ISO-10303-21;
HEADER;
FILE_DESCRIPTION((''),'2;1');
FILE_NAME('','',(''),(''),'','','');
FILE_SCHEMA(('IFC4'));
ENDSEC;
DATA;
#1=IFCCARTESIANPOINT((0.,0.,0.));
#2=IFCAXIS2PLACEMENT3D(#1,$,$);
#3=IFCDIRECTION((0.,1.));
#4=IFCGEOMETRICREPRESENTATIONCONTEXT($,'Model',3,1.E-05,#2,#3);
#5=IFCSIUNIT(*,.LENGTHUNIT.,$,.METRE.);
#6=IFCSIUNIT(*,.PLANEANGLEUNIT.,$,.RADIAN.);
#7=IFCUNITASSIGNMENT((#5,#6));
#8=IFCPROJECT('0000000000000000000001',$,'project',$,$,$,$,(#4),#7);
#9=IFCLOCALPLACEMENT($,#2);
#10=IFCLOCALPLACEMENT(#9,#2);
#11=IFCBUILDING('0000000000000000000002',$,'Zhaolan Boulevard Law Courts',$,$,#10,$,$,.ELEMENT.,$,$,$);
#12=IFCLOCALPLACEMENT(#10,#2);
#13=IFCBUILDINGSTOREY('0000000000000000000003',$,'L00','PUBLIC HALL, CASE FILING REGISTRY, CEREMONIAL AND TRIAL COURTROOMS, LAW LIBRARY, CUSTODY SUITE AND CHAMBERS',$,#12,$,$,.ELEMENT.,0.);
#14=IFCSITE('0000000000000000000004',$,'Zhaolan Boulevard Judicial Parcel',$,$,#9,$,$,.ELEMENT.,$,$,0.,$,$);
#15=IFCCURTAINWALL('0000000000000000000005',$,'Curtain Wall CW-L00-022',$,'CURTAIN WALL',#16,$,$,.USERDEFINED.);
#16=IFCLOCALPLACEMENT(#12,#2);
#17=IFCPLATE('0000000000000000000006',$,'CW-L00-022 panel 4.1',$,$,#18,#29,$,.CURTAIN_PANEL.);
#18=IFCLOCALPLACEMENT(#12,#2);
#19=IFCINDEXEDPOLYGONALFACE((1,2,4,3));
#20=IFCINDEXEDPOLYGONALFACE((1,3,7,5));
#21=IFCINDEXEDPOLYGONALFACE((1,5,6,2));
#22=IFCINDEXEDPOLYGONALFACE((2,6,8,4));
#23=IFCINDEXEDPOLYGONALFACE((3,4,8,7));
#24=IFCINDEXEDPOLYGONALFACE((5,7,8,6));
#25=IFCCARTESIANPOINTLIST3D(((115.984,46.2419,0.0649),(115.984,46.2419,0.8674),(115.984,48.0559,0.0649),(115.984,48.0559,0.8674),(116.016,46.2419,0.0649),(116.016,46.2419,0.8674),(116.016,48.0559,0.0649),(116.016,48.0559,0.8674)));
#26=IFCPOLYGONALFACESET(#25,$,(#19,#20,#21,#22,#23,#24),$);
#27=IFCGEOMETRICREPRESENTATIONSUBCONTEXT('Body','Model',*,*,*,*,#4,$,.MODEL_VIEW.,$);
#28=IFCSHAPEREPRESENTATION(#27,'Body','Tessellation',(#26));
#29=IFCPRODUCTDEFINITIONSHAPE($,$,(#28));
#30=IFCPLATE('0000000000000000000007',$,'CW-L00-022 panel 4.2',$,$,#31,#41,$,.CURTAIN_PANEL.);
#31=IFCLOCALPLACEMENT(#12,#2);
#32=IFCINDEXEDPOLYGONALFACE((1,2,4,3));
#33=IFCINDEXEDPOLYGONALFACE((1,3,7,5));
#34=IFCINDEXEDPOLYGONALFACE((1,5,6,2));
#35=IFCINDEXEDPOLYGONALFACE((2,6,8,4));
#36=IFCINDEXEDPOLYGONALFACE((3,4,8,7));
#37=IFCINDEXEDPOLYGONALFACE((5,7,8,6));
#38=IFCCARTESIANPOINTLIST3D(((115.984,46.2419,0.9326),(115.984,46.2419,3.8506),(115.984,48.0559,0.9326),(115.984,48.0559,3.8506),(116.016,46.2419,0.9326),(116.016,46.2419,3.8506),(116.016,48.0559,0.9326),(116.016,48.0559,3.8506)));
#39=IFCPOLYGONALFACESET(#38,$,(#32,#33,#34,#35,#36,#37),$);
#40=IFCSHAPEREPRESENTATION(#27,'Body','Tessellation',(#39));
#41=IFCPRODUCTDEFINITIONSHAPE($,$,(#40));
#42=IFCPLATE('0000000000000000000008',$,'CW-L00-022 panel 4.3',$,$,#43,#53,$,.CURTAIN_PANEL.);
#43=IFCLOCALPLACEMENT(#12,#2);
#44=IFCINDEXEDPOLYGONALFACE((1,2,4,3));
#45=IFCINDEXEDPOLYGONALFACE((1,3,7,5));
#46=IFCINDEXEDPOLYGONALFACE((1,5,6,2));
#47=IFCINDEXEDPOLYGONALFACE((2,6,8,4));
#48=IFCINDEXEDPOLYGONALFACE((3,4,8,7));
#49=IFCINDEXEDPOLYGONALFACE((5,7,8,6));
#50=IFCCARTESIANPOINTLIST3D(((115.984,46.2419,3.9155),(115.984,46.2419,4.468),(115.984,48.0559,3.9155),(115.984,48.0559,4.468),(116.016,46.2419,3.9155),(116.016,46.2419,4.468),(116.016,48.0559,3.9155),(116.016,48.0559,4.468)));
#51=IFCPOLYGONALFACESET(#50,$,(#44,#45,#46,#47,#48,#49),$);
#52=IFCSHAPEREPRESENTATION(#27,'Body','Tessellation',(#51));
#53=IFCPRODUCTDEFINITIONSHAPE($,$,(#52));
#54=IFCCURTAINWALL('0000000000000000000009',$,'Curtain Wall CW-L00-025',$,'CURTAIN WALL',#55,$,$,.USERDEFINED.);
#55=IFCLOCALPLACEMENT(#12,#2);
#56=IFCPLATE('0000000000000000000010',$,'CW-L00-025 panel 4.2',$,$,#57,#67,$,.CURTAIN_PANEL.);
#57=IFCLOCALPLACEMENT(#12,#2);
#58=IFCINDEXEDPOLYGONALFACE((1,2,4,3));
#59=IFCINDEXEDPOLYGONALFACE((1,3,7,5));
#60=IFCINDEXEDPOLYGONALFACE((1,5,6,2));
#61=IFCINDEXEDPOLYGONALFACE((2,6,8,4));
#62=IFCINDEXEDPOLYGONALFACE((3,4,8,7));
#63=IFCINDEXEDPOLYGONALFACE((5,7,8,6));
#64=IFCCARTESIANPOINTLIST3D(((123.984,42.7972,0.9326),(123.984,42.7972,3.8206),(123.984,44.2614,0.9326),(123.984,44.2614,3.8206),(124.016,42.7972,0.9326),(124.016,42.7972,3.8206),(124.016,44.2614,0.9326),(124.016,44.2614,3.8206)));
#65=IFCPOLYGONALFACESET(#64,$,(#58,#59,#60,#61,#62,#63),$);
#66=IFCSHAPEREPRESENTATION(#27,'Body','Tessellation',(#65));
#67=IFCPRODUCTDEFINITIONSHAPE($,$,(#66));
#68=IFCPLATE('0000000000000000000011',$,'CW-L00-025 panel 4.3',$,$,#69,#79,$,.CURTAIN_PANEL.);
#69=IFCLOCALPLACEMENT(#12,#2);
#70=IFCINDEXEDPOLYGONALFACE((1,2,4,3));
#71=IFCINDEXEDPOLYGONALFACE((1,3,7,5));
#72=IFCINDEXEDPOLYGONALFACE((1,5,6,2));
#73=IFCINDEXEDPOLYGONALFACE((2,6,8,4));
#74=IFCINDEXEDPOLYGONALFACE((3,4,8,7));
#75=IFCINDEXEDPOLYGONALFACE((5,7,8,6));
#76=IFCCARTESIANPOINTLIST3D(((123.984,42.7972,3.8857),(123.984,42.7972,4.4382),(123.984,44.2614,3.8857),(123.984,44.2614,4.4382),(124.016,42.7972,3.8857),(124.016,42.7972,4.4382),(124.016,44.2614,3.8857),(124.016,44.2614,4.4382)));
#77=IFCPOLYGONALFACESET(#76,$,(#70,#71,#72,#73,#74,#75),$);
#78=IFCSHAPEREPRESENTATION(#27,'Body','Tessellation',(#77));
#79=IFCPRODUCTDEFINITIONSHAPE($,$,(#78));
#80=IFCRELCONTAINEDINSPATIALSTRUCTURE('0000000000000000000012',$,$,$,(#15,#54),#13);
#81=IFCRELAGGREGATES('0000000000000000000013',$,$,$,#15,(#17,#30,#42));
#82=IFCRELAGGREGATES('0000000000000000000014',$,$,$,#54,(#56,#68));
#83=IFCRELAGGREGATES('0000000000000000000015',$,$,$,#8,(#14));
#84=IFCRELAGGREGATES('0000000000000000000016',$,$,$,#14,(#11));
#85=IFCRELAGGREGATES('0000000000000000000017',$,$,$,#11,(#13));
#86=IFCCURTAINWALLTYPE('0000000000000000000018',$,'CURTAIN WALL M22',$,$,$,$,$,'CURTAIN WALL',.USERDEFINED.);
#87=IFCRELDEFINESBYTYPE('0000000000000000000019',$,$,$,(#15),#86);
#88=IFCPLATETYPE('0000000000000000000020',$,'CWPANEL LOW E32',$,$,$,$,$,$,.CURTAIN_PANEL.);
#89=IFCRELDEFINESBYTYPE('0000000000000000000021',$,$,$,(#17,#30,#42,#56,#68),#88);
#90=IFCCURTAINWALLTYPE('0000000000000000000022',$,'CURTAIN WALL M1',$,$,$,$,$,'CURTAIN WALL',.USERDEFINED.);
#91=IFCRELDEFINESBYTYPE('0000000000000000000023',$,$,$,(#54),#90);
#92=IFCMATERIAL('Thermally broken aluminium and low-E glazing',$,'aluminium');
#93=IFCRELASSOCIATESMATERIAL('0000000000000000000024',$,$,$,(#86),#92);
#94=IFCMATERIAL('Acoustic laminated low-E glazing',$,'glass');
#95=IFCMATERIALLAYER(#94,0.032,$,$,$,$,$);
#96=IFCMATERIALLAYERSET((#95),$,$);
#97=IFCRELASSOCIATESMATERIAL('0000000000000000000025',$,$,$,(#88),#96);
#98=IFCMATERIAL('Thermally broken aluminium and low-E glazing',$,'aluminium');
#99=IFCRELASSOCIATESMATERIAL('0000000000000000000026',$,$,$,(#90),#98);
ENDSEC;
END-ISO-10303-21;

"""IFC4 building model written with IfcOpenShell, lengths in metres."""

from ifc_helpers import new_model, si_unit, direction, frame, origin, origin_2d, place, context, subcontext, project, spatial, rectangle, extrude, material, layer, layer_set, type_object, element, aggregate, save


model = new_model("IFC4")

# Units and contexts
model_context = context("Model", 3, precision=1e-05, world=origin(), true_north=direction((0.0, 1.0)))
body_context = subcontext(model_context, "Body", "Model", "MODEL_VIEW")
ifc_project = project(units=[si_unit("LENGTHUNIT", "METRE"), si_unit("PLANEANGLEUNIT", "RADIAN")], contexts=[model_context])

# Site, building, storey
site_placement = place(None, origin())
site = spatial("IfcSite", under=ifc_project, at=site_placement, Name="Zhaolan Boulevard Judicial Parcel", CompositionType="ELEMENT", RefElevation=0.0)
building_placement = place(site_placement, origin())
building = spatial("IfcBuilding", under=site, at=building_placement, Name="Zhaolan Boulevard Law Courts", CompositionType="ELEMENT")
storey_placement = place(building_placement, origin())
storey = spatial("IfcBuildingStorey", under=building, at=storey_placement, Name="L00", Description="PUBLIC HALL, CASE FILING REGISTRY, CEREMONIAL AND TRIAL COURTROOMS, LAW LIBRARY, CUSTODY SUITE AND CHAMBERS", CompositionType="ELEMENT", Elevation=0.0)

# Curtain wall
ifc_material_1 = material(Name="Thermally broken aluminium and low-E glazing", Category="aluminium")
curtain_wall_type_1 = type_object("IfcCurtainWallType", Name="CURTAIN WALL M22", ElementType="CURTAIN WALL", PredefinedType="USERDEFINED", material=ifc_material_1)
curtain_wall_1_placement = place(storey_placement, origin())
curtain_wall_1 = element("IfcCurtainWall", 1, at=curtain_wall_1_placement, inside=storey, type_object=curtain_wall_type_1, Name="Curtain Wall CW-L00-022", ObjectType="CURTAIN WALL", PredefinedType="USERDEFINED")

# Plates
ifc_material_2 = material(Name="Acoustic laminated low-E glazing", Category="glass")
ifc_layer = layer(ifc_material_2, 0.032)
ifc_layer_set = layer_set([ifc_layer])
plate_type = type_object("IfcPlateType", Name="CWPANEL LOW E32", PredefinedType="CURTAIN_PANEL", material=ifc_layer_set)
plate_1_placement = place(storey_placement, frame((116.0, 47.1489, 0.0649), z_axis=(0.0, 0.0, 1.0), x_axis=(0.0, -1.0, 0.0)))
plate_1 = element("IfcPlate", 2, at=plate_1_placement, type_object=plate_type, Name="CW-L00-022 panel 4.1", PredefinedType="CURTAIN_PANEL", context=body_context, shape_type="SweptSolid", body=[
    extrude(rectangle(XDim=1.814, YDim=0.032, at=origin_2d()), origin(), (0.0, 0.0, 1.0), 0.8025),
])
plate_2_placement = place(storey_placement, frame((116.0, 47.1489, 0.9326), z_axis=(0.0, 0.0, 1.0), x_axis=(0.0, -1.0, 0.0)))
plate_2 = element("IfcPlate", 3, at=plate_2_placement, type_object=plate_type, Name="CW-L00-022 panel 4.2", PredefinedType="CURTAIN_PANEL", context=body_context, shape_type="SweptSolid", body=[
    extrude(rectangle(XDim=1.814, YDim=0.032, at=origin_2d()), origin(), (0.0, 0.0, 1.0), 2.918),
])
plate_3_placement = place(storey_placement, frame((116.0, 47.1489, 3.9155), z_axis=(0.0, 0.0, 1.0), x_axis=(0.0, -1.0, 0.0)))
plate_3 = element("IfcPlate", 4, at=plate_3_placement, type_object=plate_type, Name="CW-L00-022 panel 4.3", PredefinedType="CURTAIN_PANEL", context=body_context, shape_type="SweptSolid", body=[
    extrude(rectangle(XDim=1.814, YDim=0.032, at=origin_2d()), origin(), (0.0, 0.0, 1.0), 0.5525),
])
aggregate(curtain_wall_1, [plate_1, plate_2, plate_3])

# Curtain wall, plates
ifc_material_3 = material(Name="Thermally broken aluminium and low-E glazing", Category="aluminium")
curtain_wall_type_2 = type_object("IfcCurtainWallType", Name="CURTAIN WALL M1", ElementType="CURTAIN WALL", PredefinedType="USERDEFINED", material=ifc_material_3)
curtain_wall_2_placement = place(storey_placement, origin())
curtain_wall_2 = element("IfcCurtainWall", 5, at=curtain_wall_2_placement, inside=storey, type_object=curtain_wall_type_2, Name="Curtain Wall CW-L00-025", ObjectType="CURTAIN WALL", PredefinedType="USERDEFINED")
plate_4_placement = place(storey_placement, frame((124.0, 43.5293, 0.9326), z_axis=(0.0, 0.0, 1.0), x_axis=(0.0, 1.0, 0.0)))
plate_4 = element("IfcPlate", 6, at=plate_4_placement, type_object=plate_type, Name="CW-L00-025 panel 4.2", PredefinedType="CURTAIN_PANEL", context=body_context, shape_type="SweptSolid", body=[
    extrude(rectangle(XDim=1.4641, YDim=0.032, at=origin_2d()), origin(), (0.0, 0.0, 1.0), 2.8879),
])
plate_5_placement = place(storey_placement, frame((124.0, 43.5293, 3.8857), z_axis=(0.0, 0.0, 1.0), x_axis=(0.0, 1.0, 0.0)))
plate_5 = element("IfcPlate", 7, at=plate_5_placement, type_object=plate_type, Name="CW-L00-025 panel 4.3", PredefinedType="CURTAIN_PANEL", context=body_context, shape_type="SweptSolid", body=[
    extrude(rectangle(XDim=1.4641, YDim=0.032, at=origin_2d()), origin(), (0.0, 0.0, 1.0), 0.5525),
])
aggregate(curtain_wall_2, [plate_4, plate_5])

save(model, "model.ifc")
